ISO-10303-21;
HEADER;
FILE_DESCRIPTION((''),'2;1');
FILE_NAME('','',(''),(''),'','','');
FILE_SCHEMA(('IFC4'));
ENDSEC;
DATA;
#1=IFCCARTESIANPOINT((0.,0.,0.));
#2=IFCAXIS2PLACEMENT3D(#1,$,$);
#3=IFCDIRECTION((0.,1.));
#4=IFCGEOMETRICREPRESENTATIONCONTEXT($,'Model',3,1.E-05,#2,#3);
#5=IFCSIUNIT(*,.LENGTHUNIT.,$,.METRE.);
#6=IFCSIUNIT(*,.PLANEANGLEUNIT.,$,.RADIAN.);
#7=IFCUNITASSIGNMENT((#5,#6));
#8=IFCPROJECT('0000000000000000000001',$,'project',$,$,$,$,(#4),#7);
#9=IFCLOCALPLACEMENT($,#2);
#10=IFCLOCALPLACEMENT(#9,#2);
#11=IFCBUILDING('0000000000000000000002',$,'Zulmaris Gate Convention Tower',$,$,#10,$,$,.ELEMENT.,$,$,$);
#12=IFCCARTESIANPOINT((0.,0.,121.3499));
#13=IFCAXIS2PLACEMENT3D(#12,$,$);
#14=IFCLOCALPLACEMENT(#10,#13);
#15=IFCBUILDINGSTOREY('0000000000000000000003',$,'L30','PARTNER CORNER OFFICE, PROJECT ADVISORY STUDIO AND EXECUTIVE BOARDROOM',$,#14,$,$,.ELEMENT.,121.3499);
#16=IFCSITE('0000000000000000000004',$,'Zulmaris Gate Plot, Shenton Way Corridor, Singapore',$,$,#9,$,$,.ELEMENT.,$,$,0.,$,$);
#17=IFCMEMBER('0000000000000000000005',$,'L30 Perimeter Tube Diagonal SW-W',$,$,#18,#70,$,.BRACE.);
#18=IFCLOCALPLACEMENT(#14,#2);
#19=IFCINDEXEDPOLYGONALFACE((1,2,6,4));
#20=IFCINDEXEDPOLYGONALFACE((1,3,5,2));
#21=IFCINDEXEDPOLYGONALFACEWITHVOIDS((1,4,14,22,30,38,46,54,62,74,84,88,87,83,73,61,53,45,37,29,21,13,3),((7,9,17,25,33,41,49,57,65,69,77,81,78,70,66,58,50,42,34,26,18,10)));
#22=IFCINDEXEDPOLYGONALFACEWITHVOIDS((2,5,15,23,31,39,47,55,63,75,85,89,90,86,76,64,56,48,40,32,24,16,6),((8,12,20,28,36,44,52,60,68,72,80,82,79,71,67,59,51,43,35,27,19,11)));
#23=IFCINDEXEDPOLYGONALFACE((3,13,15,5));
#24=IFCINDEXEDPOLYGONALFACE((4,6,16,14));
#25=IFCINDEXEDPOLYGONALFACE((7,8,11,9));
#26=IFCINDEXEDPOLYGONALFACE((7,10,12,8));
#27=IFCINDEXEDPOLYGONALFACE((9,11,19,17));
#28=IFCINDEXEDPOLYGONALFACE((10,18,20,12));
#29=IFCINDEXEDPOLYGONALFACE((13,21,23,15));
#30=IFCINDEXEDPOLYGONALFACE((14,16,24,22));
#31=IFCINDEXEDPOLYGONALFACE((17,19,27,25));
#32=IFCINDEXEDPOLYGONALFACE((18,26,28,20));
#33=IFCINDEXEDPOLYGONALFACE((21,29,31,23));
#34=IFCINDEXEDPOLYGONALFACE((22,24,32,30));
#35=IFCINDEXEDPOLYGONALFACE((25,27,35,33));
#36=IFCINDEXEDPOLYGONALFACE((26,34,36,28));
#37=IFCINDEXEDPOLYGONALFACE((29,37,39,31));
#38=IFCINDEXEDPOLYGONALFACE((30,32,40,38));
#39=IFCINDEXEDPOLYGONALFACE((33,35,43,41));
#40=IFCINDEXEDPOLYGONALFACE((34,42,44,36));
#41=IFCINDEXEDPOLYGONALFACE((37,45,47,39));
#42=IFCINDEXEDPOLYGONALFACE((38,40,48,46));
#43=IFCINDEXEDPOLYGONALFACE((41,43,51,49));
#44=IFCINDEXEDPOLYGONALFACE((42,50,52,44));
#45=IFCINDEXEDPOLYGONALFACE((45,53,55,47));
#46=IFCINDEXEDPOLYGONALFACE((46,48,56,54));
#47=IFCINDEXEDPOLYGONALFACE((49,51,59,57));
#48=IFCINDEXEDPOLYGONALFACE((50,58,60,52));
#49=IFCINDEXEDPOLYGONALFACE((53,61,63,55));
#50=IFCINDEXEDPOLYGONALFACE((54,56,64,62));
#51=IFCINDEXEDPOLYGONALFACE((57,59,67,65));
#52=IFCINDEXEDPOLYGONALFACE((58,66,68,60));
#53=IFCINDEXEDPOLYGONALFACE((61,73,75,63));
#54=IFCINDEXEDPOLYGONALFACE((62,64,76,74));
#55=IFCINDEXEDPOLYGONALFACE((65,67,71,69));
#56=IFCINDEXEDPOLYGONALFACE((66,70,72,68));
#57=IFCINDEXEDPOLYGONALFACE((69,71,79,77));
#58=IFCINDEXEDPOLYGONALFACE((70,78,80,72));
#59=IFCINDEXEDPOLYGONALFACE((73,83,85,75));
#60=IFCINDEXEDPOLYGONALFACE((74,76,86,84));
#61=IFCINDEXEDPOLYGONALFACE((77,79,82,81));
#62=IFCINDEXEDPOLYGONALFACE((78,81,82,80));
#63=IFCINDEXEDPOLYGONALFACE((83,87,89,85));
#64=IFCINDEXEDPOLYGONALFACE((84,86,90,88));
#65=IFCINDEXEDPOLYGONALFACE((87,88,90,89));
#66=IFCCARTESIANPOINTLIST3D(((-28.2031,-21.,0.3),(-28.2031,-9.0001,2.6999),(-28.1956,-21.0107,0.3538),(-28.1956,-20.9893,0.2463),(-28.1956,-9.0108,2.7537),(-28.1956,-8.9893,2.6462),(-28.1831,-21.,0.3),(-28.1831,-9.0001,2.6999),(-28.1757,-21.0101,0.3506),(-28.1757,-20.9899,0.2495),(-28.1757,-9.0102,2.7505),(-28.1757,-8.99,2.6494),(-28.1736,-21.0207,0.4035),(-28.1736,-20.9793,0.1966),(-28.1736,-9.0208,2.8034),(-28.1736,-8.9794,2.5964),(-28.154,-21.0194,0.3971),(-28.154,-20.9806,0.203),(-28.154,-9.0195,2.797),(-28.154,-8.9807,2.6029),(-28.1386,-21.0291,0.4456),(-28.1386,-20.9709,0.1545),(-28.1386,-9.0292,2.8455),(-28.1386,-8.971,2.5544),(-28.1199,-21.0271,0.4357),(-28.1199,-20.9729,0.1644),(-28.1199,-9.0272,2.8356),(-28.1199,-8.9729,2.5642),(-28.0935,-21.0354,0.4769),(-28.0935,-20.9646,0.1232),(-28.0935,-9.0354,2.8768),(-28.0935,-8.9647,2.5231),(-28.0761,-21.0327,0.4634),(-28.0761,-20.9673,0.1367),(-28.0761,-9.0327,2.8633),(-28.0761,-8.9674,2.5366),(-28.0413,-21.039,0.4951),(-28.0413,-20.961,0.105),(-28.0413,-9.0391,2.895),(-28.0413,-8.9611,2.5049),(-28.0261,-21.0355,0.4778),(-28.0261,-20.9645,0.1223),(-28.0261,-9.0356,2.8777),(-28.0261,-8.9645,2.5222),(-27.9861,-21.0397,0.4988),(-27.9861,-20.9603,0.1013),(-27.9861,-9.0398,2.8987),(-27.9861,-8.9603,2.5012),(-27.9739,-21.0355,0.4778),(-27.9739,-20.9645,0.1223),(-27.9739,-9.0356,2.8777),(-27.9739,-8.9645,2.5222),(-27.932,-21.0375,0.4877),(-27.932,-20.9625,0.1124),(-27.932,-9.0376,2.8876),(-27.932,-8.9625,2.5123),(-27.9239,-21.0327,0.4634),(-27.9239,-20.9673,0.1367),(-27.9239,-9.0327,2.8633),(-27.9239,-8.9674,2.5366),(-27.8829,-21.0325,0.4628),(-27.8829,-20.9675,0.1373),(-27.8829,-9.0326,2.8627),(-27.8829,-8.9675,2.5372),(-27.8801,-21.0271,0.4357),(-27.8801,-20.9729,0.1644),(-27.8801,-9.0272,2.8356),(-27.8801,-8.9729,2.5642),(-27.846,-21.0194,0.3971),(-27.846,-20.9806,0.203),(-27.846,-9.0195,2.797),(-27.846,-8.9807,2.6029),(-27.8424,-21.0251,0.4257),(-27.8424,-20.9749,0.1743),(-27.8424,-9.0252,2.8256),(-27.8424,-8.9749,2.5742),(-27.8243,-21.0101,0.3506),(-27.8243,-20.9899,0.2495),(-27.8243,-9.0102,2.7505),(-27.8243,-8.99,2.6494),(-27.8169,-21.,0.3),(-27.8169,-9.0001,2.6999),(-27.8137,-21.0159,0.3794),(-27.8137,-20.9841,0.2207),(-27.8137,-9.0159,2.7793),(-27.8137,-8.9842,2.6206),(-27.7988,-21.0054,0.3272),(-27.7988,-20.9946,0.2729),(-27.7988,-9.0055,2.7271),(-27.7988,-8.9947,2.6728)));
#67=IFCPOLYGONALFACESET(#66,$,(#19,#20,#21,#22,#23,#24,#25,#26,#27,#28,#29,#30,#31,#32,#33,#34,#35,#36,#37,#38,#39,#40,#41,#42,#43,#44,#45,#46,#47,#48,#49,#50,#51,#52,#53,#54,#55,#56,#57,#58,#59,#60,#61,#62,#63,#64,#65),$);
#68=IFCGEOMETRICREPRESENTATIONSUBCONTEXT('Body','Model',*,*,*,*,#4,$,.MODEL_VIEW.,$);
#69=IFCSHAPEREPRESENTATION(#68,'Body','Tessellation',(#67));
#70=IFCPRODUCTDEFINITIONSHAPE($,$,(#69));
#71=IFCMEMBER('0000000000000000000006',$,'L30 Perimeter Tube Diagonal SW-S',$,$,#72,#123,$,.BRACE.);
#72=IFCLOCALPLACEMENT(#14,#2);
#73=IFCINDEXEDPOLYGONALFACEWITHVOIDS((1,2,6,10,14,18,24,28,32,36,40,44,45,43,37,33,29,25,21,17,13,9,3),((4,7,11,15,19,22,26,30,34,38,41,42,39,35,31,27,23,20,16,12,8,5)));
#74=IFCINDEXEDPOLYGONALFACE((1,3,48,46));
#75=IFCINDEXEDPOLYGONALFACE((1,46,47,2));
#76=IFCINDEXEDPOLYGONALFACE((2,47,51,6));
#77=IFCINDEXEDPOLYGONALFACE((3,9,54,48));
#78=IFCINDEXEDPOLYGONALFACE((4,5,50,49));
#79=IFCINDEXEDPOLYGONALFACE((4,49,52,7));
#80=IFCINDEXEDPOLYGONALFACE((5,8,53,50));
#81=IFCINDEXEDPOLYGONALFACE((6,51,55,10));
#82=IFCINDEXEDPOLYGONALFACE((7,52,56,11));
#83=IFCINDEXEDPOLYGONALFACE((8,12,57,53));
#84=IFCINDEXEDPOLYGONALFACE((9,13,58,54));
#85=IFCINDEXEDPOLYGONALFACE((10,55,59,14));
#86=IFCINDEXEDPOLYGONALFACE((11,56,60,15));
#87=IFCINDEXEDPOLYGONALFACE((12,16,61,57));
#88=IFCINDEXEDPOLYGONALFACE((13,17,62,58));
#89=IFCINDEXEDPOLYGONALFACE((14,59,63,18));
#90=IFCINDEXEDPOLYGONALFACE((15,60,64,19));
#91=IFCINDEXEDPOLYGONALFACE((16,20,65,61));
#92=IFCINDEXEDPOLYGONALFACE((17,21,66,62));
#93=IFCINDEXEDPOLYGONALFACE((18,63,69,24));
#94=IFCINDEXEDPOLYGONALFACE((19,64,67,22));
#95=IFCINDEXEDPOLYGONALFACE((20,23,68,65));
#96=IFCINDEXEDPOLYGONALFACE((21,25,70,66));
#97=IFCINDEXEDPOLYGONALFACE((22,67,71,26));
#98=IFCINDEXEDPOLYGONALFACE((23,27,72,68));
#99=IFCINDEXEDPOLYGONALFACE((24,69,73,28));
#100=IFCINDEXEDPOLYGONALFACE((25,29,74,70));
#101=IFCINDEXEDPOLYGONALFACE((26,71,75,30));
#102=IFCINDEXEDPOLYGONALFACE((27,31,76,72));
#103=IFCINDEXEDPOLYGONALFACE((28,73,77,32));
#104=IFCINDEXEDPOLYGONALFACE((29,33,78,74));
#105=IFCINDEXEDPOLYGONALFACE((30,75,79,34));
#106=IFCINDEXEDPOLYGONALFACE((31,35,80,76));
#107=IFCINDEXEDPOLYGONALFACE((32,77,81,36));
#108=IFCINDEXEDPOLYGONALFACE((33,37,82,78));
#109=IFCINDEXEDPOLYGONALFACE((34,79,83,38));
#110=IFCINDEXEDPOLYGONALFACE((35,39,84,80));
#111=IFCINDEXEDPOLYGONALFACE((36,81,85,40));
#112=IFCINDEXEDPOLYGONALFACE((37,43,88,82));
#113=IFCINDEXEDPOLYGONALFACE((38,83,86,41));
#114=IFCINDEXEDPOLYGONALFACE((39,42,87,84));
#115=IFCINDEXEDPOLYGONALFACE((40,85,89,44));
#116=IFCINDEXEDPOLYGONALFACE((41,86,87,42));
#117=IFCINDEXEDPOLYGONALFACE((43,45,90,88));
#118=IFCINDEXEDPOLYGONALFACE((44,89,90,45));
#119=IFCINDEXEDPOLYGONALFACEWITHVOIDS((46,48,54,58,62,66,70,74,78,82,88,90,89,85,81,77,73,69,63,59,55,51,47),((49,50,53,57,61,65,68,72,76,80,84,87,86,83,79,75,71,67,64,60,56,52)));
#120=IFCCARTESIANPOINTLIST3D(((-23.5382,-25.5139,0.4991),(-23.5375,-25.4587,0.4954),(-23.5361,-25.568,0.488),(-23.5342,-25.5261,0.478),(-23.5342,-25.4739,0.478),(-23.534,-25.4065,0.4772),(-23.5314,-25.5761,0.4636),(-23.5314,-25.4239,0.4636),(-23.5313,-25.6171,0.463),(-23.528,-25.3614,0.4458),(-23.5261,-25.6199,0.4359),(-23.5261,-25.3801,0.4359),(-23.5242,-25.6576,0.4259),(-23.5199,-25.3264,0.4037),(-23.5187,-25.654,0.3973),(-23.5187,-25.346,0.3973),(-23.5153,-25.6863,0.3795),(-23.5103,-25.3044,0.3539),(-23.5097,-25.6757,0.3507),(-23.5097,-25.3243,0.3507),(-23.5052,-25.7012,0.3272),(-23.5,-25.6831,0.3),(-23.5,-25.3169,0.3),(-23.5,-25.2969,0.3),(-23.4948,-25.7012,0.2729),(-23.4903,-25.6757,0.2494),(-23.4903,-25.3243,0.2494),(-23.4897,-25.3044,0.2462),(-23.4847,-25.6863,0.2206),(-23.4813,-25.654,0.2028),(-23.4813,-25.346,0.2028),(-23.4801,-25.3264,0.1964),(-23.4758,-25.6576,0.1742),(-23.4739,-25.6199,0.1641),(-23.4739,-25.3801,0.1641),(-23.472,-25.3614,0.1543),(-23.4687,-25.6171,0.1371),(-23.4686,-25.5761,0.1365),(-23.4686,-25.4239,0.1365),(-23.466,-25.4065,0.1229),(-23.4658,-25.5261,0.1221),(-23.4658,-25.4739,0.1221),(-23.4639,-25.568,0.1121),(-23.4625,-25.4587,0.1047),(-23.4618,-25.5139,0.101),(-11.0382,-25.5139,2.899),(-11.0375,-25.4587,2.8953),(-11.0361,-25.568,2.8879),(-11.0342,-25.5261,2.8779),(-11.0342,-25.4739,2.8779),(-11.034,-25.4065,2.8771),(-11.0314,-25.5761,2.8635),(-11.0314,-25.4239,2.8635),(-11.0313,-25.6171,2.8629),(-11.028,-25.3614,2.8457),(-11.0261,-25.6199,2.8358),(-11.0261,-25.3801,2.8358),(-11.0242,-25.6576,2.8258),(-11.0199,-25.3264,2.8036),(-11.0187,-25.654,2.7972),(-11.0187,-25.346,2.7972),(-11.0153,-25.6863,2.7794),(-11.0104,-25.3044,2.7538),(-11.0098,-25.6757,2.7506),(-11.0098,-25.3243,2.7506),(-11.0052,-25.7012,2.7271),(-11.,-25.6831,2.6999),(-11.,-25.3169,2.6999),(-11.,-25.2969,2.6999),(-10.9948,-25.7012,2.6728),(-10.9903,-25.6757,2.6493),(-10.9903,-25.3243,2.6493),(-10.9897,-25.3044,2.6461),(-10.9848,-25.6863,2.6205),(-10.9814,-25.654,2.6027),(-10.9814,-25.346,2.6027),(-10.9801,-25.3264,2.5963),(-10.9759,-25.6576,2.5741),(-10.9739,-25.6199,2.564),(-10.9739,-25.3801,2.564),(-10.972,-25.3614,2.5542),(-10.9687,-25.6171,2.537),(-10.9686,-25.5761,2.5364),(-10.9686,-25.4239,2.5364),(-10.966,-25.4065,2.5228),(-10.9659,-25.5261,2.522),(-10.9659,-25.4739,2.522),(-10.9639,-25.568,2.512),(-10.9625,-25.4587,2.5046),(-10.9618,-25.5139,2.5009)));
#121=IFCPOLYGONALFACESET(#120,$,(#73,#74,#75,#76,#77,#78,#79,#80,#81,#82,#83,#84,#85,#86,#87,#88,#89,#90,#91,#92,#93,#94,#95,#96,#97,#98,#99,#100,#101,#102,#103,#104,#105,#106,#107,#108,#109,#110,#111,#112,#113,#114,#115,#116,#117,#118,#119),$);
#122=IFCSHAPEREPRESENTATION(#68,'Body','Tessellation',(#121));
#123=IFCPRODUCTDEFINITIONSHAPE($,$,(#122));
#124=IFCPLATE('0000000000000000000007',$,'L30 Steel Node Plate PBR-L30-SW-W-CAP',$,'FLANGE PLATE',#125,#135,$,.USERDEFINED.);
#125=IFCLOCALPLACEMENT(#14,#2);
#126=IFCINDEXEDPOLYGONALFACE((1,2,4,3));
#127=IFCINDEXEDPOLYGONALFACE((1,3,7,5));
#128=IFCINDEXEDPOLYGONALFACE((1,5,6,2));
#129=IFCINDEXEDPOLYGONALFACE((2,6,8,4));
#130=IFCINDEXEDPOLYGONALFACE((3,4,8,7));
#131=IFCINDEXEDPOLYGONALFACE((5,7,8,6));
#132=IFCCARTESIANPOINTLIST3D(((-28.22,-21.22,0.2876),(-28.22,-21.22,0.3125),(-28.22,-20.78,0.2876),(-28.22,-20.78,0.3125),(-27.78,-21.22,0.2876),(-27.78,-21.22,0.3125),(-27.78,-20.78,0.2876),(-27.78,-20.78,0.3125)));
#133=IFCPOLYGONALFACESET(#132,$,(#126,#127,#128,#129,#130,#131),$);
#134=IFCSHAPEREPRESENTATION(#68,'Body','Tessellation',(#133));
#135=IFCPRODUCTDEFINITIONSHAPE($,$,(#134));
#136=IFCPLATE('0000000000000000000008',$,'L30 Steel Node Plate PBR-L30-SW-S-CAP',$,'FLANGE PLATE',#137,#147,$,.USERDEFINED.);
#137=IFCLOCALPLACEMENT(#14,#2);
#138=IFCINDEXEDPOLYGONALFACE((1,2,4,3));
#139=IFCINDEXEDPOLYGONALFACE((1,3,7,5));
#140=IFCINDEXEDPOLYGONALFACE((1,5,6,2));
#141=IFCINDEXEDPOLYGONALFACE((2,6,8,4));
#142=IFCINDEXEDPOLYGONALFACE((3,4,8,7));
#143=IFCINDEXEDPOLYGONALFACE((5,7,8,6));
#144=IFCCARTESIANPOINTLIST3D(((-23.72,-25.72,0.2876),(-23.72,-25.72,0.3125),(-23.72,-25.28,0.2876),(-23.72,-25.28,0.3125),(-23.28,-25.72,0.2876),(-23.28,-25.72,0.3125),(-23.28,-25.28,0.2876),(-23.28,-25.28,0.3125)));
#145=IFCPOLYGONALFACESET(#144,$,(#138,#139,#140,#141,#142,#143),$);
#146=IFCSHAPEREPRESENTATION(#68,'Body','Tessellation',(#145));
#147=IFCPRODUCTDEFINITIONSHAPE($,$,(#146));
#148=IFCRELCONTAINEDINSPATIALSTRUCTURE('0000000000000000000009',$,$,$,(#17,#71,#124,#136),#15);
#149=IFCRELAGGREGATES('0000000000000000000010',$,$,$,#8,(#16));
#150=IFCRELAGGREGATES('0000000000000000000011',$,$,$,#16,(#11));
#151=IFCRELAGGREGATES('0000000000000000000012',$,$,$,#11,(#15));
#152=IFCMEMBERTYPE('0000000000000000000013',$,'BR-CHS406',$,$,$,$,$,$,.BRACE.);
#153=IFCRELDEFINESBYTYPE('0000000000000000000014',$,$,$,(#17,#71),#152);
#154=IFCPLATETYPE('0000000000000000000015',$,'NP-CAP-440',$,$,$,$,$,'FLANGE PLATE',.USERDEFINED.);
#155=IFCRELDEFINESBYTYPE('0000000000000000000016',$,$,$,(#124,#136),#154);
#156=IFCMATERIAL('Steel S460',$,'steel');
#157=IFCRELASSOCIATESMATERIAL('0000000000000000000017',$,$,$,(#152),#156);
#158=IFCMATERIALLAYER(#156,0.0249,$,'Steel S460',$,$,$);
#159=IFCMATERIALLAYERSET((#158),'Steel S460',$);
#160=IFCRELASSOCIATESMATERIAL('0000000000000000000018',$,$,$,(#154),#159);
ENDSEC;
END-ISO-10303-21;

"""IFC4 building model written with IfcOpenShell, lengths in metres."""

from ifc_helpers import new_model, si_unit, direction, frame, origin, origin_2d, place, context, subcontext, project, spatial, rectangle, hollow_circle, extrude, material, layer, layer_set, material_profile, profile_set, type_object, element, save


model = new_model("IFC4")

# Units and contexts
model_context = context("Model", 3, precision=1e-05, world=origin(), true_north=direction((0.0, 1.0)))
body_context = subcontext(model_context, "Body", "Model", "MODEL_VIEW")
ifc_project = project(units=[si_unit("LENGTHUNIT", "METRE"), si_unit("PLANEANGLEUNIT", "RADIAN")], contexts=[model_context])

# Site, building, storey
site_placement = place(None, origin())
site = spatial("IfcSite", under=ifc_project, at=site_placement, Name="Zulmaris Gate Plot, Shenton Way Corridor, Singapore", CompositionType="ELEMENT", RefElevation=0.0)
building_placement = place(site_placement, origin())
building = spatial("IfcBuilding", under=site, at=building_placement, Name="Zulmaris Gate Convention Tower", CompositionType="ELEMENT")
storey_placement = place(building_placement, frame((0.0, 0.0, 121.3499)))
storey = spatial("IfcBuildingStorey", under=building, at=storey_placement, Name="L30", Description="PARTNER CORNER OFFICE, PROJECT ADVISORY STUDIO AND EXECUTIVE BOARDROOM", CompositionType="ELEMENT", Elevation=121.3499)

# Members
ifc_material_1 = material(Name="Steel S460", Category="steel")
ifc_material_profile_1 = material_profile(ifc_material_1, hollow_circle(Radius=0.2031, WallThickness=0.02, at=origin_2d()), Name="CHS 406.4x20")
ifc_profile_set_1 = profile_set([ifc_material_profile_1], Name="Steel S460")
member_type = type_object("IfcMemberType", Name="BR-CHS406", PredefinedType="BRACE", material=ifc_profile_set_1)
member_1_placement = place(storey_placement, frame((-28.0, -21.0, 0.3), z_axis=(0.0, 0.980582, 0.196108), x_axis=(-1.0, 0.0, 0.0)))
element("IfcMember", 1, at=member_1_placement, inside=storey, type_object=member_type, Name="L30 Perimeter Tube Diagonal SW-W", PredefinedType="BRACE", context=body_context, shape_type="SweptSolid", body=[
    extrude(hollow_circle(Radius=0.2031, WallThickness=0.02, at=origin_2d()), origin(), (0.0, 0.0, 1.0), 12.2375),
])
member_2_placement = place(storey_placement, frame((-23.5, -25.5, 0.3), z_axis=(0.982064, 0.0, 0.188549), x_axis=(0.0, 1.0, 0.0)))
element("IfcMember", 2, at=member_2_placement, inside=storey, type_object=member_type, Name="L30 Perimeter Tube Diagonal SW-S", PredefinedType="BRACE", context=body_context, shape_type="SweptSolid", body=[
    extrude(hollow_circle(Radius=0.2031, WallThickness=0.02, at=origin_2d()), origin(), (0.0, 0.0, 1.0), 12.7283),
])

# Plates
ifc_layer_1 = layer(ifc_material_1, 0.0249, Name="Steel S460")
ifc_layer_set_1 = layer_set([ifc_layer_1], Name="Steel S460")
plate_type = type_object("IfcPlateType", Name="NP-CAP-440", ElementType="FLANGE PLATE", PredefinedType="USERDEFINED", material=ifc_layer_set_1)
for number, where, z_axis, x_axis, name in (
    (3, (-28.0, -21.0, 0.2876), (0.0, 0.0, 1.0), (1.0, 0.0, 0.0), "L30 Steel Node Plate PBR-L30-SW-W-CAP"),
    (4, (-23.5, -25.5, 0.2876), (0.0, 0.0, 1.0), (1.0, 0.0, 0.0), "L30 Steel Node Plate PBR-L30-SW-S-CAP"),
):
    element("IfcPlate", number, at=place(storey_placement, frame(where, z_axis=z_axis, x_axis=x_axis)), inside=storey, type_object=plate_type, Name=name, ObjectType="FLANGE PLATE", PredefinedType="USERDEFINED", context=body_context, shape_type="SweptSolid", body=[
        extrude(rectangle(XDim=0.4399, YDim=0.4399, at=origin_2d()), origin(), (0.0, 0.0, 1.0), 0.0249),
    ])

save(model, "model.ifc")
